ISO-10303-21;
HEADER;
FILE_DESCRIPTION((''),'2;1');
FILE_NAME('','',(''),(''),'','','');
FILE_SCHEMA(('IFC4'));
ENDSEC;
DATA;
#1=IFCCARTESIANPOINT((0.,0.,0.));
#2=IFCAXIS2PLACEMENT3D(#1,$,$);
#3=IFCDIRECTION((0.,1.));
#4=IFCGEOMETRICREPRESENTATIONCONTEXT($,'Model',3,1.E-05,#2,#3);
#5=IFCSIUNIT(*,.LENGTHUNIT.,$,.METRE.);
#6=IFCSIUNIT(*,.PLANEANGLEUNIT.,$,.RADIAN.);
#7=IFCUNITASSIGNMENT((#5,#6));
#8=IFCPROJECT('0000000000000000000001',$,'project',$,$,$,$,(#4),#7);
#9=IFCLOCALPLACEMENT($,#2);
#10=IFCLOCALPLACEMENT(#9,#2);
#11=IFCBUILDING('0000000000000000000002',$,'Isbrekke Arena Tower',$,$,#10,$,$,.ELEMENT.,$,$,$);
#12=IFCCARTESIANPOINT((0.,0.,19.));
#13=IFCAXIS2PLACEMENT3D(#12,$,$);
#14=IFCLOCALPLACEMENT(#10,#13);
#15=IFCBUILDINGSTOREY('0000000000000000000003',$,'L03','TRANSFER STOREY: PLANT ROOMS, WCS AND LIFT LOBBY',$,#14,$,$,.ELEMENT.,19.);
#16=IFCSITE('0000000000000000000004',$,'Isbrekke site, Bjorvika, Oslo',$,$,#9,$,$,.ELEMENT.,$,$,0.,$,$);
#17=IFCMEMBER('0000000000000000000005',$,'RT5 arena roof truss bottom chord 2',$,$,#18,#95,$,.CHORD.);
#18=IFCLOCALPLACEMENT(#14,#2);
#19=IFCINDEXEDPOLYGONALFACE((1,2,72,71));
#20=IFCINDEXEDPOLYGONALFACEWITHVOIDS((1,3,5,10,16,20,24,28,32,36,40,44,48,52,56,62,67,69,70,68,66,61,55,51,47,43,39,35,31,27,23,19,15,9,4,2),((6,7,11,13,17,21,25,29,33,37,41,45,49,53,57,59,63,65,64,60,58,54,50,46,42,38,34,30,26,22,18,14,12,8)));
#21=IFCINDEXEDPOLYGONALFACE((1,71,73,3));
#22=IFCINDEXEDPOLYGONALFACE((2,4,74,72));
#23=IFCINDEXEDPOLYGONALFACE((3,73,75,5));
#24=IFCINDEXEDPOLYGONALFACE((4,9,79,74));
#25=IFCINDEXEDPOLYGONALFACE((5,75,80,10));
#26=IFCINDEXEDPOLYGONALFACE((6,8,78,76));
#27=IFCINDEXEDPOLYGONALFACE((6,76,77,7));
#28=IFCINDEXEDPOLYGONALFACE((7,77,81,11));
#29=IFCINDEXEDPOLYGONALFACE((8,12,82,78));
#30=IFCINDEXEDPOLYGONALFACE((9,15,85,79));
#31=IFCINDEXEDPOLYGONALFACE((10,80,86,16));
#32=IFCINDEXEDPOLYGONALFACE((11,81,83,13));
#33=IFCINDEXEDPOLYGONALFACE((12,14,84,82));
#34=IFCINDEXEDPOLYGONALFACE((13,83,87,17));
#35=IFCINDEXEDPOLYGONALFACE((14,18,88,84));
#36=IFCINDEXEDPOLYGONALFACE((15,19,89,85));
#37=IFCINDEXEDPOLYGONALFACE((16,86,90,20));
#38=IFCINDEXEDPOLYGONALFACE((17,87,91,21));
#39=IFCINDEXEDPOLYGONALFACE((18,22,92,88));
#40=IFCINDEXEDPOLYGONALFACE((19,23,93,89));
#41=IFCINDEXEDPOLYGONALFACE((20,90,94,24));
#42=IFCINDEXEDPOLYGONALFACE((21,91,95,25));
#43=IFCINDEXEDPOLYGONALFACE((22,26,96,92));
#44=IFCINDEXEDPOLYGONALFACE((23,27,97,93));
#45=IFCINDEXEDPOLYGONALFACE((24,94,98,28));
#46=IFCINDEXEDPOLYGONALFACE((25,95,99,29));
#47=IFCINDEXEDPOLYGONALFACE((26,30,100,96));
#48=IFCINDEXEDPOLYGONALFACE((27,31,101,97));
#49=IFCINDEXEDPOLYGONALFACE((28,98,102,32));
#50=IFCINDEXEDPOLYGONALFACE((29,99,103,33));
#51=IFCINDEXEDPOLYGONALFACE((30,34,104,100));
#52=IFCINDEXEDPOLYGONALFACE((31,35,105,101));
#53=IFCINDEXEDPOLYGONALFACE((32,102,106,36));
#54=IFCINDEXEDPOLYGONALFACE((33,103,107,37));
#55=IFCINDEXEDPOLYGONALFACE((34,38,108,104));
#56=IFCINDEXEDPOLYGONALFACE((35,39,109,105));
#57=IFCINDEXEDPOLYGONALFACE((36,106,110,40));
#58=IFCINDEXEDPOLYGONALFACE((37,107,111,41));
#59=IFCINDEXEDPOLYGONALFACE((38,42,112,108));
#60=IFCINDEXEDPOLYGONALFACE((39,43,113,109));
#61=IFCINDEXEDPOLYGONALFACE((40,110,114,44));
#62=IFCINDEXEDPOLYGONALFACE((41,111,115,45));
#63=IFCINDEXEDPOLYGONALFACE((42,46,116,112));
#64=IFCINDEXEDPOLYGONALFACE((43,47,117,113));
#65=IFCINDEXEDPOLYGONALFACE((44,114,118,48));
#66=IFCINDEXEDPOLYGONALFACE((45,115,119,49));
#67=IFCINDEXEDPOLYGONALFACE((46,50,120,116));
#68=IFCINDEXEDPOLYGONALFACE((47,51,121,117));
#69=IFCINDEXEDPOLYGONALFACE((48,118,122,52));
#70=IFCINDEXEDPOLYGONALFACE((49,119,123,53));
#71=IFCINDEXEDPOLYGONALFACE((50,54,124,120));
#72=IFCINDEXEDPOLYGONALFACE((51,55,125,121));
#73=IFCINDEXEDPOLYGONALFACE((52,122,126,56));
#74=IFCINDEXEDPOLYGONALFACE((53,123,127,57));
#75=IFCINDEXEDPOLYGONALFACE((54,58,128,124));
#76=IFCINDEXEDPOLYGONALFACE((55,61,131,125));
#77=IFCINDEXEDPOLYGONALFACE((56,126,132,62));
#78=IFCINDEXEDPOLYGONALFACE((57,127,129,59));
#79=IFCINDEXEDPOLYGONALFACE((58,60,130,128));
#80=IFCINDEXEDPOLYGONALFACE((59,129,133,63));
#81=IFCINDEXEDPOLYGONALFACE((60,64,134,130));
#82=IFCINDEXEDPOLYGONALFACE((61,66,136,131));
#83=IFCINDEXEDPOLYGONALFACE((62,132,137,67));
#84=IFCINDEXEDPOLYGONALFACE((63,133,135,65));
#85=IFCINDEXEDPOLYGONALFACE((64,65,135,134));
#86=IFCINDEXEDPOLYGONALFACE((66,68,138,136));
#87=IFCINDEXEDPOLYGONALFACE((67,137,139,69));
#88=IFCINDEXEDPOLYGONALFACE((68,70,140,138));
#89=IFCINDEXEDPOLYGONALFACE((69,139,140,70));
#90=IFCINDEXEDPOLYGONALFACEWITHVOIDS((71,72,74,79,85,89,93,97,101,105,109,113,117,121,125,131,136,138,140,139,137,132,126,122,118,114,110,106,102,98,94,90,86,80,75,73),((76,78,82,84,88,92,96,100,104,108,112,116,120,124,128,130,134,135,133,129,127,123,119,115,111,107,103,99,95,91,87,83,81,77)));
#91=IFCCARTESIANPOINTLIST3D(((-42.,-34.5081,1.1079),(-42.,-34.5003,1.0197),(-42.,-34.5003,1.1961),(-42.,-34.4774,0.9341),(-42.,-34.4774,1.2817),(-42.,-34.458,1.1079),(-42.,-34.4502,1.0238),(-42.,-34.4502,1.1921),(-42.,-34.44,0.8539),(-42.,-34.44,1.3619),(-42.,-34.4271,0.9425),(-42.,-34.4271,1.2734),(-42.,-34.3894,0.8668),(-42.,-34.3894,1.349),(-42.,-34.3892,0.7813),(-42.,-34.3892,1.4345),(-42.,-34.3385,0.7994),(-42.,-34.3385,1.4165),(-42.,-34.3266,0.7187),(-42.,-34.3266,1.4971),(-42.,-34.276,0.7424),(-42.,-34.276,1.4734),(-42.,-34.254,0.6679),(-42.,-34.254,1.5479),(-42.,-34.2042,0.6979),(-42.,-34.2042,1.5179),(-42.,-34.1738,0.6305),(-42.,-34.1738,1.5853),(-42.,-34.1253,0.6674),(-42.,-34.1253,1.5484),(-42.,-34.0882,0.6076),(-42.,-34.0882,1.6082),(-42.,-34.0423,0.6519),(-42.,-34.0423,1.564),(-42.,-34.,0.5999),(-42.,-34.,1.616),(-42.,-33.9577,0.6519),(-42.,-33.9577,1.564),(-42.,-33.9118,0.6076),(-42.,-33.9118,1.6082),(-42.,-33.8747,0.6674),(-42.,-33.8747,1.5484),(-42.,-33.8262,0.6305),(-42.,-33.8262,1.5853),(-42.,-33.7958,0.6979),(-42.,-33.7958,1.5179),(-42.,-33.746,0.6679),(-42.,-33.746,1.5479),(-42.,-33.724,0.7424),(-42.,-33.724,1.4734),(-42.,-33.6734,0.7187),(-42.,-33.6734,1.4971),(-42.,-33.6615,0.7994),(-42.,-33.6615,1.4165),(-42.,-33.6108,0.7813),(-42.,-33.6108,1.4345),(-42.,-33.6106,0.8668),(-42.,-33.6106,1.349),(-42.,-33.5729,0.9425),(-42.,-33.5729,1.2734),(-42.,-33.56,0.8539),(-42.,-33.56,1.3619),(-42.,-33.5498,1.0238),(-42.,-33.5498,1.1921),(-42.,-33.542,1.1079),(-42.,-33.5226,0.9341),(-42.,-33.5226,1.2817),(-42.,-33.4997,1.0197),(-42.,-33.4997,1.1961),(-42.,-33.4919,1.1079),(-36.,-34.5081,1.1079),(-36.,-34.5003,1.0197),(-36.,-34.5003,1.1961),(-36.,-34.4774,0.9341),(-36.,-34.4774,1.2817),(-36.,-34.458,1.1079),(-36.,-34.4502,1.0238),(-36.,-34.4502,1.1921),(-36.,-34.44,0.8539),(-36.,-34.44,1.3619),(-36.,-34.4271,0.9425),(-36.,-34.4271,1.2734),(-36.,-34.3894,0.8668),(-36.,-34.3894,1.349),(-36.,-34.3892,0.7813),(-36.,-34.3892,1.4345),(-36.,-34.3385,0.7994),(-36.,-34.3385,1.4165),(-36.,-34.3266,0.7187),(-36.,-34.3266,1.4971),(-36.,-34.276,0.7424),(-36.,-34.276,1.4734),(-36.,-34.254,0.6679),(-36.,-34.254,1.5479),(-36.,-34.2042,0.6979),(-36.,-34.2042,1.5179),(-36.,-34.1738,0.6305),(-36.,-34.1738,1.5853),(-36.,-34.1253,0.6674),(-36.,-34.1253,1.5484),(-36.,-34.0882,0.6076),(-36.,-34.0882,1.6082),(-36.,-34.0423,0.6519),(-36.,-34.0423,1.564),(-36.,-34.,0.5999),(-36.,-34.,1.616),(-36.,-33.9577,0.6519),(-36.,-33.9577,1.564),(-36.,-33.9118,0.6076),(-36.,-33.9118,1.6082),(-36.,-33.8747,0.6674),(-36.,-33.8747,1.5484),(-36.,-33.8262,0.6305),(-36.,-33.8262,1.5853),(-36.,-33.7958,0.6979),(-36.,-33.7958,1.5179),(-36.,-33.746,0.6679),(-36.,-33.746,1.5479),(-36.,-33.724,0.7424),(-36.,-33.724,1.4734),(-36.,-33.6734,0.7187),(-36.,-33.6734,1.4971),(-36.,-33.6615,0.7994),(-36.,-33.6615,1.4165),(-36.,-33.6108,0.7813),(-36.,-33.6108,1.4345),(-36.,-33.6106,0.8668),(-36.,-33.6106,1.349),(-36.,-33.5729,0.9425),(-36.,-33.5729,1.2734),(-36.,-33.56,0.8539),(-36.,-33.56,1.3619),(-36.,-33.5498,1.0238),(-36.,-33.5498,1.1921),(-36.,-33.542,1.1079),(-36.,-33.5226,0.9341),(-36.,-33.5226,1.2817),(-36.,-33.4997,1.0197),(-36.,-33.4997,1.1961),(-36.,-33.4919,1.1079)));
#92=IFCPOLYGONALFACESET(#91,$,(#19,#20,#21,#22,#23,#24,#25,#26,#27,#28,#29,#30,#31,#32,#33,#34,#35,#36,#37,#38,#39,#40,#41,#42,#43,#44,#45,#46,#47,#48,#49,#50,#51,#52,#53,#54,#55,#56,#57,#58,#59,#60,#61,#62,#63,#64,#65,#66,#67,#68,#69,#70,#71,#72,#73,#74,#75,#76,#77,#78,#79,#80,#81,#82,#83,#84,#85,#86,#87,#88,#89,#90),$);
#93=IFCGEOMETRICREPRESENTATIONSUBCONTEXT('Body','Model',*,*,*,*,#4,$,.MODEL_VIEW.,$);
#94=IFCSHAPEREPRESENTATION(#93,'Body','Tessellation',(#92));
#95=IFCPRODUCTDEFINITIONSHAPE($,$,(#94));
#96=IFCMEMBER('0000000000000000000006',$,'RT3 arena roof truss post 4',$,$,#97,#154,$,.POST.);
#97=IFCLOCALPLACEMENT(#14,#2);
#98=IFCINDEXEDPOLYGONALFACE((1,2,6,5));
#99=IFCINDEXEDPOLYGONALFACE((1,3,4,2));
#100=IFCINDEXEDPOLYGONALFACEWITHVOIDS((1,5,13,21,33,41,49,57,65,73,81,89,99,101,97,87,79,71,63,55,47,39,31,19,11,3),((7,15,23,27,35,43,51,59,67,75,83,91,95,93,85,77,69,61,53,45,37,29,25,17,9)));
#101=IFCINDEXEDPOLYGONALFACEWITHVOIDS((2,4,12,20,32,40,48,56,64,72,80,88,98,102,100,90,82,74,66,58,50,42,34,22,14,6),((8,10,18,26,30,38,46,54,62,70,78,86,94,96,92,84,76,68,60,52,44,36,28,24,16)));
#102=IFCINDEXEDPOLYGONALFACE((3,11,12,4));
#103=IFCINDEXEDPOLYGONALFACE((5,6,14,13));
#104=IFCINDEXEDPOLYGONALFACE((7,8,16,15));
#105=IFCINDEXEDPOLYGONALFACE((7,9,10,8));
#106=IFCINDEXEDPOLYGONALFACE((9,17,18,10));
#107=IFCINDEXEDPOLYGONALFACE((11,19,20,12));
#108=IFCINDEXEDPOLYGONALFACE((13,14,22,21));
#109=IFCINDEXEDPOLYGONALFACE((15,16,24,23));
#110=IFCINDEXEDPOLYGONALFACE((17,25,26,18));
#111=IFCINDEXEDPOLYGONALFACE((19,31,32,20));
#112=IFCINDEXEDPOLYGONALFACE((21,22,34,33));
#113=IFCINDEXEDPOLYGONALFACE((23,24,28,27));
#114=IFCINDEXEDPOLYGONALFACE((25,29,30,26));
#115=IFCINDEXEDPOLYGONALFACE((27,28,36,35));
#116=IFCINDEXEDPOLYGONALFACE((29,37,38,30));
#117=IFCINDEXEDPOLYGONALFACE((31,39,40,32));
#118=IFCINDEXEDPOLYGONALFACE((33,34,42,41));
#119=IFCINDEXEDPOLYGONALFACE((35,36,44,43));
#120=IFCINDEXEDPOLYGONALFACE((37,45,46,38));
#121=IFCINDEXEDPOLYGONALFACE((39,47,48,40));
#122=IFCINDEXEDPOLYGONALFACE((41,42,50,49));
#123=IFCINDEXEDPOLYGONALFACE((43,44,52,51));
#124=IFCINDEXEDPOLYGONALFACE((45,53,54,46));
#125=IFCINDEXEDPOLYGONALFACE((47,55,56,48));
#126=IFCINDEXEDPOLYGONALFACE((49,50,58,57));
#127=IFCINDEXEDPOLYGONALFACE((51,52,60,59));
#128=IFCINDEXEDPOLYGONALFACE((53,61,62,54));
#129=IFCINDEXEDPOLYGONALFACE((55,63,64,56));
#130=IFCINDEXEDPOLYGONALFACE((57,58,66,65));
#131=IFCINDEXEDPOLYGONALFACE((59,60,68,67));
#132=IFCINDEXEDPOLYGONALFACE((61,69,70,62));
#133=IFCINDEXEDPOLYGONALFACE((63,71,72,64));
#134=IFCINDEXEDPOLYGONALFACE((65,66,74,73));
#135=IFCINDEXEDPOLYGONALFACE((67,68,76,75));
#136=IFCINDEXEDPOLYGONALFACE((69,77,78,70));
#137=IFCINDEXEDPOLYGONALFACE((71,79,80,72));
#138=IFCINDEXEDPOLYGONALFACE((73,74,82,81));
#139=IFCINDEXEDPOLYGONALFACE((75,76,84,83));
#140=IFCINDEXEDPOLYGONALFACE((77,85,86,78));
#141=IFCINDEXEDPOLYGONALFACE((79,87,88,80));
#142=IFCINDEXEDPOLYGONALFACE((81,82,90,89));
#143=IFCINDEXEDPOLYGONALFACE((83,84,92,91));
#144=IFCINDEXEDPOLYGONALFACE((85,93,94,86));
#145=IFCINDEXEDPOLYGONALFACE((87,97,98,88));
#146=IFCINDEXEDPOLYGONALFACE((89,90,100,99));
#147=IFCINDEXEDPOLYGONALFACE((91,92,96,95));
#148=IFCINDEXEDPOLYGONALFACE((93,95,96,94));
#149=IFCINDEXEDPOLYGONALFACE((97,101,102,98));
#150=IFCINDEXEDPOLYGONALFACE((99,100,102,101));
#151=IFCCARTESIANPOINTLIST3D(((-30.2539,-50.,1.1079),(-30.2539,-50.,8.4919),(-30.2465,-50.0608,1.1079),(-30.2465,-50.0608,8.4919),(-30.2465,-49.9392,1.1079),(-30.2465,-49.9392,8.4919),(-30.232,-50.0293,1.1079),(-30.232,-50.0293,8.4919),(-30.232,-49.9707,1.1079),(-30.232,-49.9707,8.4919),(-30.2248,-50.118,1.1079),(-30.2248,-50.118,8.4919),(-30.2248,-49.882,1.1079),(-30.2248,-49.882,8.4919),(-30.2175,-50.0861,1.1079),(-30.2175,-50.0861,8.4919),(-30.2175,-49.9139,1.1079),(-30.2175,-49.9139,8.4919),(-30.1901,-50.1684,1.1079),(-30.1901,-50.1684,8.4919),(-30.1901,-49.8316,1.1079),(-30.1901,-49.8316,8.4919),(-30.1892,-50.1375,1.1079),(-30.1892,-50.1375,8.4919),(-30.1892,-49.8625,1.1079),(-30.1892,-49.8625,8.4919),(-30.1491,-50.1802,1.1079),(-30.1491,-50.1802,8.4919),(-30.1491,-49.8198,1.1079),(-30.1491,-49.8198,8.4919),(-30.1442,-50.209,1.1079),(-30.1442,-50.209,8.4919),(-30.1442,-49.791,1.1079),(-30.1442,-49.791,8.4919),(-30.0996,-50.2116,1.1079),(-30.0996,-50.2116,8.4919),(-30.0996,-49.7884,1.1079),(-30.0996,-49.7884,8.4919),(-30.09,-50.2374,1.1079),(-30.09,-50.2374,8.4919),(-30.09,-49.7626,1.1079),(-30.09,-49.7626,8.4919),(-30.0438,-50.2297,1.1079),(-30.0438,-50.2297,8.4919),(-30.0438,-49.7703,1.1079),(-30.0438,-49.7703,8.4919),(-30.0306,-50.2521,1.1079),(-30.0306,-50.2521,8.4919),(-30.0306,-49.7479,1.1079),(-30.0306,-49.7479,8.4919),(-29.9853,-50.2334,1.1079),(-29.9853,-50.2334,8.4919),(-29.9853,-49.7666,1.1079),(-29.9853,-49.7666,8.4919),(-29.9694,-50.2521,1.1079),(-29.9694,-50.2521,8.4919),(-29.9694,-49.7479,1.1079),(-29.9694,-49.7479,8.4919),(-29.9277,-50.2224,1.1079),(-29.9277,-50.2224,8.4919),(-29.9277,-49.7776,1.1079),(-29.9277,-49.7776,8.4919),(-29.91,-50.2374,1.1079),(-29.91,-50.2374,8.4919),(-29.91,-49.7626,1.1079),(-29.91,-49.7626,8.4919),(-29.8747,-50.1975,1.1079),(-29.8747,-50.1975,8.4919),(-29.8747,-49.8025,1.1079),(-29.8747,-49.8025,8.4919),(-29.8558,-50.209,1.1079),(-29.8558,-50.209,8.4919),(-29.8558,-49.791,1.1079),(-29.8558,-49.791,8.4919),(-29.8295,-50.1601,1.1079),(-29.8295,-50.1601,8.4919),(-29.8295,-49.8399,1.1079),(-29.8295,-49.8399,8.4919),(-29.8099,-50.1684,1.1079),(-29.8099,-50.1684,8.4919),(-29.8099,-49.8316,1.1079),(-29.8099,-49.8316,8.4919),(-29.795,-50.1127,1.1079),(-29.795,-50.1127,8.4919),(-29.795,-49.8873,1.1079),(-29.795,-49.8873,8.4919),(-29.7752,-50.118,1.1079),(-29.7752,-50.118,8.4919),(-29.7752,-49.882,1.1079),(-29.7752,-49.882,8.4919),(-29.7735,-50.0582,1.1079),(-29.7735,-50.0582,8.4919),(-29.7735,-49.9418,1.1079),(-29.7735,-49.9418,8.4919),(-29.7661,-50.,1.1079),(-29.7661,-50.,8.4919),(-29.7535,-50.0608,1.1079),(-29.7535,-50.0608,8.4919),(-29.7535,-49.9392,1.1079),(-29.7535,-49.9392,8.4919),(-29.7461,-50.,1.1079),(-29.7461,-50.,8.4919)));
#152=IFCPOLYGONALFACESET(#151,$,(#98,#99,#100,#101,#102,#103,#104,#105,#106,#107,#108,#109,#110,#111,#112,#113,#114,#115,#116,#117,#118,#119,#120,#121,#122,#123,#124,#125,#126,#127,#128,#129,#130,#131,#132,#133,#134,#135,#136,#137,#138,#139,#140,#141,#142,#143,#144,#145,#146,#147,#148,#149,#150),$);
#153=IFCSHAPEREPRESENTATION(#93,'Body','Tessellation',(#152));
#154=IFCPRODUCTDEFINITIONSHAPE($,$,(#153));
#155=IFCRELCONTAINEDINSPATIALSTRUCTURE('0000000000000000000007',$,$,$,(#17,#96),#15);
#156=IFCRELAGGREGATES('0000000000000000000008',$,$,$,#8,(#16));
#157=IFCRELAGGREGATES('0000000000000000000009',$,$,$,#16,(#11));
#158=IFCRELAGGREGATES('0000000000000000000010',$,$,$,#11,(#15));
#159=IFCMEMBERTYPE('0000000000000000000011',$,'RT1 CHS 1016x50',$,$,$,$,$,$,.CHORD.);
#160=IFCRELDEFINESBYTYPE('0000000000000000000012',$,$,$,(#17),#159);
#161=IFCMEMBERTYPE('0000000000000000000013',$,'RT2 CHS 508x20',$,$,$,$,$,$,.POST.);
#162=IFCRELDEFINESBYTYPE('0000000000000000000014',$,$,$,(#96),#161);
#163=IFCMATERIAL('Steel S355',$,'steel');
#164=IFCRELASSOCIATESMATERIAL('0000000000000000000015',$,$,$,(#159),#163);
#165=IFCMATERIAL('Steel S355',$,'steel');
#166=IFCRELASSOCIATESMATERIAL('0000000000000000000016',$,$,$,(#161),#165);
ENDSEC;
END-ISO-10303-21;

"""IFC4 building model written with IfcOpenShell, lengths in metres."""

from ifc_helpers import new_model, si_unit, direction, frame, origin, origin_2d, place, context, subcontext, project, spatial, hollow_circle, extrude, material, material_profile, profile_set, type_object, element, save


model = new_model("IFC4")

# Units and contexts
model_context = context("Model", 3, precision=1e-05, world=origin(), true_north=direction((0.0, 1.0)))
body_context = subcontext(model_context, "Body", "Model", "MODEL_VIEW")
ifc_project = project(units=[si_unit("LENGTHUNIT", "METRE"), si_unit("PLANEANGLEUNIT", "RADIAN")], contexts=[model_context])

# Site, building, storey
site_placement = place(None, origin())
site = spatial("IfcSite", under=ifc_project, at=site_placement, Name="Isbrekke site, Bjorvika, Oslo", CompositionType="ELEMENT", RefElevation=0.0)
building_placement = place(site_placement, origin())
building = spatial("IfcBuilding", under=site, at=building_placement, Name="Isbrekke Arena Tower", CompositionType="ELEMENT")
storey_placement = place(building_placement, frame((0.0, 0.0, 19.0)))
storey = spatial("IfcBuildingStorey", under=building, at=storey_placement, Name="L03", Description="TRANSFER STOREY: PLANT ROOMS, WCS AND LIFT LOBBY", CompositionType="ELEMENT", Elevation=19.0)

# Members
ifc_material_1 = material(Name="Steel S355", Category="steel")
ifc_material_profile_1 = material_profile(ifc_material_1, hollow_circle(Radius=0.5081, WallThickness=0.05, at=origin_2d()), Name="CHS 1016x50")
ifc_profile_set_1 = profile_set([ifc_material_profile_1], Name="Steel S355")
member_type_1 = type_object("IfcMemberType", Name="RT1 CHS 1016x50", PredefinedType="CHORD", material=ifc_profile_set_1)
for number, where, z_axis, x_axis, name in (
    (1, (-42.0, -34.0, 1.1079), (1.0, 0.0, 0.0), (0.0, 1.0, 0.0), "RT5 arena roof truss bottom chord 2"),
):
    element("IfcMember", number, at=place(storey_placement, frame(where, z_axis=z_axis, x_axis=x_axis)), inside=storey, type_object=member_type_1, Name=name, PredefinedType="CHORD", context=body_context, shape_type="SweptSolid", body=[
        extrude(hollow_circle(Radius=0.5081, WallThickness=0.05, at=origin_2d()), origin(), (0.0, 0.0, 1.0), 6.0),
    ])
ifc_material_2 = material(Name="Steel S355", Category="steel")
ifc_material_profile_2 = material_profile(ifc_material_2, hollow_circle(Radius=0.2539, WallThickness=0.02, at=origin_2d()), Name="CHS 508x20")
ifc_profile_set_2 = profile_set([ifc_material_profile_2], Name="Steel S355")
member_type_2 = type_object("IfcMemberType", Name="RT2 CHS 508x20", PredefinedType="POST", material=ifc_profile_set_2)
for number, where, z_axis, x_axis, name in (
    (2, (-30.0, -50.0, 1.1079), (0.0, 0.0, 1.0), (1.0, 0.0, 0.0), "RT3 arena roof truss post 4"),
):
    element("IfcMember", number, at=place(storey_placement, frame(where, z_axis=z_axis, x_axis=x_axis)), inside=storey, type_object=member_type_2, Name=name, PredefinedType="POST", context=body_context, shape_type="SweptSolid", body=[
        extrude(hollow_circle(Radius=0.2539, WallThickness=0.02, at=origin_2d()), origin(), (0.0, 0.0, 1.0), 7.384),
    ])

save(model, "model.ifc")
